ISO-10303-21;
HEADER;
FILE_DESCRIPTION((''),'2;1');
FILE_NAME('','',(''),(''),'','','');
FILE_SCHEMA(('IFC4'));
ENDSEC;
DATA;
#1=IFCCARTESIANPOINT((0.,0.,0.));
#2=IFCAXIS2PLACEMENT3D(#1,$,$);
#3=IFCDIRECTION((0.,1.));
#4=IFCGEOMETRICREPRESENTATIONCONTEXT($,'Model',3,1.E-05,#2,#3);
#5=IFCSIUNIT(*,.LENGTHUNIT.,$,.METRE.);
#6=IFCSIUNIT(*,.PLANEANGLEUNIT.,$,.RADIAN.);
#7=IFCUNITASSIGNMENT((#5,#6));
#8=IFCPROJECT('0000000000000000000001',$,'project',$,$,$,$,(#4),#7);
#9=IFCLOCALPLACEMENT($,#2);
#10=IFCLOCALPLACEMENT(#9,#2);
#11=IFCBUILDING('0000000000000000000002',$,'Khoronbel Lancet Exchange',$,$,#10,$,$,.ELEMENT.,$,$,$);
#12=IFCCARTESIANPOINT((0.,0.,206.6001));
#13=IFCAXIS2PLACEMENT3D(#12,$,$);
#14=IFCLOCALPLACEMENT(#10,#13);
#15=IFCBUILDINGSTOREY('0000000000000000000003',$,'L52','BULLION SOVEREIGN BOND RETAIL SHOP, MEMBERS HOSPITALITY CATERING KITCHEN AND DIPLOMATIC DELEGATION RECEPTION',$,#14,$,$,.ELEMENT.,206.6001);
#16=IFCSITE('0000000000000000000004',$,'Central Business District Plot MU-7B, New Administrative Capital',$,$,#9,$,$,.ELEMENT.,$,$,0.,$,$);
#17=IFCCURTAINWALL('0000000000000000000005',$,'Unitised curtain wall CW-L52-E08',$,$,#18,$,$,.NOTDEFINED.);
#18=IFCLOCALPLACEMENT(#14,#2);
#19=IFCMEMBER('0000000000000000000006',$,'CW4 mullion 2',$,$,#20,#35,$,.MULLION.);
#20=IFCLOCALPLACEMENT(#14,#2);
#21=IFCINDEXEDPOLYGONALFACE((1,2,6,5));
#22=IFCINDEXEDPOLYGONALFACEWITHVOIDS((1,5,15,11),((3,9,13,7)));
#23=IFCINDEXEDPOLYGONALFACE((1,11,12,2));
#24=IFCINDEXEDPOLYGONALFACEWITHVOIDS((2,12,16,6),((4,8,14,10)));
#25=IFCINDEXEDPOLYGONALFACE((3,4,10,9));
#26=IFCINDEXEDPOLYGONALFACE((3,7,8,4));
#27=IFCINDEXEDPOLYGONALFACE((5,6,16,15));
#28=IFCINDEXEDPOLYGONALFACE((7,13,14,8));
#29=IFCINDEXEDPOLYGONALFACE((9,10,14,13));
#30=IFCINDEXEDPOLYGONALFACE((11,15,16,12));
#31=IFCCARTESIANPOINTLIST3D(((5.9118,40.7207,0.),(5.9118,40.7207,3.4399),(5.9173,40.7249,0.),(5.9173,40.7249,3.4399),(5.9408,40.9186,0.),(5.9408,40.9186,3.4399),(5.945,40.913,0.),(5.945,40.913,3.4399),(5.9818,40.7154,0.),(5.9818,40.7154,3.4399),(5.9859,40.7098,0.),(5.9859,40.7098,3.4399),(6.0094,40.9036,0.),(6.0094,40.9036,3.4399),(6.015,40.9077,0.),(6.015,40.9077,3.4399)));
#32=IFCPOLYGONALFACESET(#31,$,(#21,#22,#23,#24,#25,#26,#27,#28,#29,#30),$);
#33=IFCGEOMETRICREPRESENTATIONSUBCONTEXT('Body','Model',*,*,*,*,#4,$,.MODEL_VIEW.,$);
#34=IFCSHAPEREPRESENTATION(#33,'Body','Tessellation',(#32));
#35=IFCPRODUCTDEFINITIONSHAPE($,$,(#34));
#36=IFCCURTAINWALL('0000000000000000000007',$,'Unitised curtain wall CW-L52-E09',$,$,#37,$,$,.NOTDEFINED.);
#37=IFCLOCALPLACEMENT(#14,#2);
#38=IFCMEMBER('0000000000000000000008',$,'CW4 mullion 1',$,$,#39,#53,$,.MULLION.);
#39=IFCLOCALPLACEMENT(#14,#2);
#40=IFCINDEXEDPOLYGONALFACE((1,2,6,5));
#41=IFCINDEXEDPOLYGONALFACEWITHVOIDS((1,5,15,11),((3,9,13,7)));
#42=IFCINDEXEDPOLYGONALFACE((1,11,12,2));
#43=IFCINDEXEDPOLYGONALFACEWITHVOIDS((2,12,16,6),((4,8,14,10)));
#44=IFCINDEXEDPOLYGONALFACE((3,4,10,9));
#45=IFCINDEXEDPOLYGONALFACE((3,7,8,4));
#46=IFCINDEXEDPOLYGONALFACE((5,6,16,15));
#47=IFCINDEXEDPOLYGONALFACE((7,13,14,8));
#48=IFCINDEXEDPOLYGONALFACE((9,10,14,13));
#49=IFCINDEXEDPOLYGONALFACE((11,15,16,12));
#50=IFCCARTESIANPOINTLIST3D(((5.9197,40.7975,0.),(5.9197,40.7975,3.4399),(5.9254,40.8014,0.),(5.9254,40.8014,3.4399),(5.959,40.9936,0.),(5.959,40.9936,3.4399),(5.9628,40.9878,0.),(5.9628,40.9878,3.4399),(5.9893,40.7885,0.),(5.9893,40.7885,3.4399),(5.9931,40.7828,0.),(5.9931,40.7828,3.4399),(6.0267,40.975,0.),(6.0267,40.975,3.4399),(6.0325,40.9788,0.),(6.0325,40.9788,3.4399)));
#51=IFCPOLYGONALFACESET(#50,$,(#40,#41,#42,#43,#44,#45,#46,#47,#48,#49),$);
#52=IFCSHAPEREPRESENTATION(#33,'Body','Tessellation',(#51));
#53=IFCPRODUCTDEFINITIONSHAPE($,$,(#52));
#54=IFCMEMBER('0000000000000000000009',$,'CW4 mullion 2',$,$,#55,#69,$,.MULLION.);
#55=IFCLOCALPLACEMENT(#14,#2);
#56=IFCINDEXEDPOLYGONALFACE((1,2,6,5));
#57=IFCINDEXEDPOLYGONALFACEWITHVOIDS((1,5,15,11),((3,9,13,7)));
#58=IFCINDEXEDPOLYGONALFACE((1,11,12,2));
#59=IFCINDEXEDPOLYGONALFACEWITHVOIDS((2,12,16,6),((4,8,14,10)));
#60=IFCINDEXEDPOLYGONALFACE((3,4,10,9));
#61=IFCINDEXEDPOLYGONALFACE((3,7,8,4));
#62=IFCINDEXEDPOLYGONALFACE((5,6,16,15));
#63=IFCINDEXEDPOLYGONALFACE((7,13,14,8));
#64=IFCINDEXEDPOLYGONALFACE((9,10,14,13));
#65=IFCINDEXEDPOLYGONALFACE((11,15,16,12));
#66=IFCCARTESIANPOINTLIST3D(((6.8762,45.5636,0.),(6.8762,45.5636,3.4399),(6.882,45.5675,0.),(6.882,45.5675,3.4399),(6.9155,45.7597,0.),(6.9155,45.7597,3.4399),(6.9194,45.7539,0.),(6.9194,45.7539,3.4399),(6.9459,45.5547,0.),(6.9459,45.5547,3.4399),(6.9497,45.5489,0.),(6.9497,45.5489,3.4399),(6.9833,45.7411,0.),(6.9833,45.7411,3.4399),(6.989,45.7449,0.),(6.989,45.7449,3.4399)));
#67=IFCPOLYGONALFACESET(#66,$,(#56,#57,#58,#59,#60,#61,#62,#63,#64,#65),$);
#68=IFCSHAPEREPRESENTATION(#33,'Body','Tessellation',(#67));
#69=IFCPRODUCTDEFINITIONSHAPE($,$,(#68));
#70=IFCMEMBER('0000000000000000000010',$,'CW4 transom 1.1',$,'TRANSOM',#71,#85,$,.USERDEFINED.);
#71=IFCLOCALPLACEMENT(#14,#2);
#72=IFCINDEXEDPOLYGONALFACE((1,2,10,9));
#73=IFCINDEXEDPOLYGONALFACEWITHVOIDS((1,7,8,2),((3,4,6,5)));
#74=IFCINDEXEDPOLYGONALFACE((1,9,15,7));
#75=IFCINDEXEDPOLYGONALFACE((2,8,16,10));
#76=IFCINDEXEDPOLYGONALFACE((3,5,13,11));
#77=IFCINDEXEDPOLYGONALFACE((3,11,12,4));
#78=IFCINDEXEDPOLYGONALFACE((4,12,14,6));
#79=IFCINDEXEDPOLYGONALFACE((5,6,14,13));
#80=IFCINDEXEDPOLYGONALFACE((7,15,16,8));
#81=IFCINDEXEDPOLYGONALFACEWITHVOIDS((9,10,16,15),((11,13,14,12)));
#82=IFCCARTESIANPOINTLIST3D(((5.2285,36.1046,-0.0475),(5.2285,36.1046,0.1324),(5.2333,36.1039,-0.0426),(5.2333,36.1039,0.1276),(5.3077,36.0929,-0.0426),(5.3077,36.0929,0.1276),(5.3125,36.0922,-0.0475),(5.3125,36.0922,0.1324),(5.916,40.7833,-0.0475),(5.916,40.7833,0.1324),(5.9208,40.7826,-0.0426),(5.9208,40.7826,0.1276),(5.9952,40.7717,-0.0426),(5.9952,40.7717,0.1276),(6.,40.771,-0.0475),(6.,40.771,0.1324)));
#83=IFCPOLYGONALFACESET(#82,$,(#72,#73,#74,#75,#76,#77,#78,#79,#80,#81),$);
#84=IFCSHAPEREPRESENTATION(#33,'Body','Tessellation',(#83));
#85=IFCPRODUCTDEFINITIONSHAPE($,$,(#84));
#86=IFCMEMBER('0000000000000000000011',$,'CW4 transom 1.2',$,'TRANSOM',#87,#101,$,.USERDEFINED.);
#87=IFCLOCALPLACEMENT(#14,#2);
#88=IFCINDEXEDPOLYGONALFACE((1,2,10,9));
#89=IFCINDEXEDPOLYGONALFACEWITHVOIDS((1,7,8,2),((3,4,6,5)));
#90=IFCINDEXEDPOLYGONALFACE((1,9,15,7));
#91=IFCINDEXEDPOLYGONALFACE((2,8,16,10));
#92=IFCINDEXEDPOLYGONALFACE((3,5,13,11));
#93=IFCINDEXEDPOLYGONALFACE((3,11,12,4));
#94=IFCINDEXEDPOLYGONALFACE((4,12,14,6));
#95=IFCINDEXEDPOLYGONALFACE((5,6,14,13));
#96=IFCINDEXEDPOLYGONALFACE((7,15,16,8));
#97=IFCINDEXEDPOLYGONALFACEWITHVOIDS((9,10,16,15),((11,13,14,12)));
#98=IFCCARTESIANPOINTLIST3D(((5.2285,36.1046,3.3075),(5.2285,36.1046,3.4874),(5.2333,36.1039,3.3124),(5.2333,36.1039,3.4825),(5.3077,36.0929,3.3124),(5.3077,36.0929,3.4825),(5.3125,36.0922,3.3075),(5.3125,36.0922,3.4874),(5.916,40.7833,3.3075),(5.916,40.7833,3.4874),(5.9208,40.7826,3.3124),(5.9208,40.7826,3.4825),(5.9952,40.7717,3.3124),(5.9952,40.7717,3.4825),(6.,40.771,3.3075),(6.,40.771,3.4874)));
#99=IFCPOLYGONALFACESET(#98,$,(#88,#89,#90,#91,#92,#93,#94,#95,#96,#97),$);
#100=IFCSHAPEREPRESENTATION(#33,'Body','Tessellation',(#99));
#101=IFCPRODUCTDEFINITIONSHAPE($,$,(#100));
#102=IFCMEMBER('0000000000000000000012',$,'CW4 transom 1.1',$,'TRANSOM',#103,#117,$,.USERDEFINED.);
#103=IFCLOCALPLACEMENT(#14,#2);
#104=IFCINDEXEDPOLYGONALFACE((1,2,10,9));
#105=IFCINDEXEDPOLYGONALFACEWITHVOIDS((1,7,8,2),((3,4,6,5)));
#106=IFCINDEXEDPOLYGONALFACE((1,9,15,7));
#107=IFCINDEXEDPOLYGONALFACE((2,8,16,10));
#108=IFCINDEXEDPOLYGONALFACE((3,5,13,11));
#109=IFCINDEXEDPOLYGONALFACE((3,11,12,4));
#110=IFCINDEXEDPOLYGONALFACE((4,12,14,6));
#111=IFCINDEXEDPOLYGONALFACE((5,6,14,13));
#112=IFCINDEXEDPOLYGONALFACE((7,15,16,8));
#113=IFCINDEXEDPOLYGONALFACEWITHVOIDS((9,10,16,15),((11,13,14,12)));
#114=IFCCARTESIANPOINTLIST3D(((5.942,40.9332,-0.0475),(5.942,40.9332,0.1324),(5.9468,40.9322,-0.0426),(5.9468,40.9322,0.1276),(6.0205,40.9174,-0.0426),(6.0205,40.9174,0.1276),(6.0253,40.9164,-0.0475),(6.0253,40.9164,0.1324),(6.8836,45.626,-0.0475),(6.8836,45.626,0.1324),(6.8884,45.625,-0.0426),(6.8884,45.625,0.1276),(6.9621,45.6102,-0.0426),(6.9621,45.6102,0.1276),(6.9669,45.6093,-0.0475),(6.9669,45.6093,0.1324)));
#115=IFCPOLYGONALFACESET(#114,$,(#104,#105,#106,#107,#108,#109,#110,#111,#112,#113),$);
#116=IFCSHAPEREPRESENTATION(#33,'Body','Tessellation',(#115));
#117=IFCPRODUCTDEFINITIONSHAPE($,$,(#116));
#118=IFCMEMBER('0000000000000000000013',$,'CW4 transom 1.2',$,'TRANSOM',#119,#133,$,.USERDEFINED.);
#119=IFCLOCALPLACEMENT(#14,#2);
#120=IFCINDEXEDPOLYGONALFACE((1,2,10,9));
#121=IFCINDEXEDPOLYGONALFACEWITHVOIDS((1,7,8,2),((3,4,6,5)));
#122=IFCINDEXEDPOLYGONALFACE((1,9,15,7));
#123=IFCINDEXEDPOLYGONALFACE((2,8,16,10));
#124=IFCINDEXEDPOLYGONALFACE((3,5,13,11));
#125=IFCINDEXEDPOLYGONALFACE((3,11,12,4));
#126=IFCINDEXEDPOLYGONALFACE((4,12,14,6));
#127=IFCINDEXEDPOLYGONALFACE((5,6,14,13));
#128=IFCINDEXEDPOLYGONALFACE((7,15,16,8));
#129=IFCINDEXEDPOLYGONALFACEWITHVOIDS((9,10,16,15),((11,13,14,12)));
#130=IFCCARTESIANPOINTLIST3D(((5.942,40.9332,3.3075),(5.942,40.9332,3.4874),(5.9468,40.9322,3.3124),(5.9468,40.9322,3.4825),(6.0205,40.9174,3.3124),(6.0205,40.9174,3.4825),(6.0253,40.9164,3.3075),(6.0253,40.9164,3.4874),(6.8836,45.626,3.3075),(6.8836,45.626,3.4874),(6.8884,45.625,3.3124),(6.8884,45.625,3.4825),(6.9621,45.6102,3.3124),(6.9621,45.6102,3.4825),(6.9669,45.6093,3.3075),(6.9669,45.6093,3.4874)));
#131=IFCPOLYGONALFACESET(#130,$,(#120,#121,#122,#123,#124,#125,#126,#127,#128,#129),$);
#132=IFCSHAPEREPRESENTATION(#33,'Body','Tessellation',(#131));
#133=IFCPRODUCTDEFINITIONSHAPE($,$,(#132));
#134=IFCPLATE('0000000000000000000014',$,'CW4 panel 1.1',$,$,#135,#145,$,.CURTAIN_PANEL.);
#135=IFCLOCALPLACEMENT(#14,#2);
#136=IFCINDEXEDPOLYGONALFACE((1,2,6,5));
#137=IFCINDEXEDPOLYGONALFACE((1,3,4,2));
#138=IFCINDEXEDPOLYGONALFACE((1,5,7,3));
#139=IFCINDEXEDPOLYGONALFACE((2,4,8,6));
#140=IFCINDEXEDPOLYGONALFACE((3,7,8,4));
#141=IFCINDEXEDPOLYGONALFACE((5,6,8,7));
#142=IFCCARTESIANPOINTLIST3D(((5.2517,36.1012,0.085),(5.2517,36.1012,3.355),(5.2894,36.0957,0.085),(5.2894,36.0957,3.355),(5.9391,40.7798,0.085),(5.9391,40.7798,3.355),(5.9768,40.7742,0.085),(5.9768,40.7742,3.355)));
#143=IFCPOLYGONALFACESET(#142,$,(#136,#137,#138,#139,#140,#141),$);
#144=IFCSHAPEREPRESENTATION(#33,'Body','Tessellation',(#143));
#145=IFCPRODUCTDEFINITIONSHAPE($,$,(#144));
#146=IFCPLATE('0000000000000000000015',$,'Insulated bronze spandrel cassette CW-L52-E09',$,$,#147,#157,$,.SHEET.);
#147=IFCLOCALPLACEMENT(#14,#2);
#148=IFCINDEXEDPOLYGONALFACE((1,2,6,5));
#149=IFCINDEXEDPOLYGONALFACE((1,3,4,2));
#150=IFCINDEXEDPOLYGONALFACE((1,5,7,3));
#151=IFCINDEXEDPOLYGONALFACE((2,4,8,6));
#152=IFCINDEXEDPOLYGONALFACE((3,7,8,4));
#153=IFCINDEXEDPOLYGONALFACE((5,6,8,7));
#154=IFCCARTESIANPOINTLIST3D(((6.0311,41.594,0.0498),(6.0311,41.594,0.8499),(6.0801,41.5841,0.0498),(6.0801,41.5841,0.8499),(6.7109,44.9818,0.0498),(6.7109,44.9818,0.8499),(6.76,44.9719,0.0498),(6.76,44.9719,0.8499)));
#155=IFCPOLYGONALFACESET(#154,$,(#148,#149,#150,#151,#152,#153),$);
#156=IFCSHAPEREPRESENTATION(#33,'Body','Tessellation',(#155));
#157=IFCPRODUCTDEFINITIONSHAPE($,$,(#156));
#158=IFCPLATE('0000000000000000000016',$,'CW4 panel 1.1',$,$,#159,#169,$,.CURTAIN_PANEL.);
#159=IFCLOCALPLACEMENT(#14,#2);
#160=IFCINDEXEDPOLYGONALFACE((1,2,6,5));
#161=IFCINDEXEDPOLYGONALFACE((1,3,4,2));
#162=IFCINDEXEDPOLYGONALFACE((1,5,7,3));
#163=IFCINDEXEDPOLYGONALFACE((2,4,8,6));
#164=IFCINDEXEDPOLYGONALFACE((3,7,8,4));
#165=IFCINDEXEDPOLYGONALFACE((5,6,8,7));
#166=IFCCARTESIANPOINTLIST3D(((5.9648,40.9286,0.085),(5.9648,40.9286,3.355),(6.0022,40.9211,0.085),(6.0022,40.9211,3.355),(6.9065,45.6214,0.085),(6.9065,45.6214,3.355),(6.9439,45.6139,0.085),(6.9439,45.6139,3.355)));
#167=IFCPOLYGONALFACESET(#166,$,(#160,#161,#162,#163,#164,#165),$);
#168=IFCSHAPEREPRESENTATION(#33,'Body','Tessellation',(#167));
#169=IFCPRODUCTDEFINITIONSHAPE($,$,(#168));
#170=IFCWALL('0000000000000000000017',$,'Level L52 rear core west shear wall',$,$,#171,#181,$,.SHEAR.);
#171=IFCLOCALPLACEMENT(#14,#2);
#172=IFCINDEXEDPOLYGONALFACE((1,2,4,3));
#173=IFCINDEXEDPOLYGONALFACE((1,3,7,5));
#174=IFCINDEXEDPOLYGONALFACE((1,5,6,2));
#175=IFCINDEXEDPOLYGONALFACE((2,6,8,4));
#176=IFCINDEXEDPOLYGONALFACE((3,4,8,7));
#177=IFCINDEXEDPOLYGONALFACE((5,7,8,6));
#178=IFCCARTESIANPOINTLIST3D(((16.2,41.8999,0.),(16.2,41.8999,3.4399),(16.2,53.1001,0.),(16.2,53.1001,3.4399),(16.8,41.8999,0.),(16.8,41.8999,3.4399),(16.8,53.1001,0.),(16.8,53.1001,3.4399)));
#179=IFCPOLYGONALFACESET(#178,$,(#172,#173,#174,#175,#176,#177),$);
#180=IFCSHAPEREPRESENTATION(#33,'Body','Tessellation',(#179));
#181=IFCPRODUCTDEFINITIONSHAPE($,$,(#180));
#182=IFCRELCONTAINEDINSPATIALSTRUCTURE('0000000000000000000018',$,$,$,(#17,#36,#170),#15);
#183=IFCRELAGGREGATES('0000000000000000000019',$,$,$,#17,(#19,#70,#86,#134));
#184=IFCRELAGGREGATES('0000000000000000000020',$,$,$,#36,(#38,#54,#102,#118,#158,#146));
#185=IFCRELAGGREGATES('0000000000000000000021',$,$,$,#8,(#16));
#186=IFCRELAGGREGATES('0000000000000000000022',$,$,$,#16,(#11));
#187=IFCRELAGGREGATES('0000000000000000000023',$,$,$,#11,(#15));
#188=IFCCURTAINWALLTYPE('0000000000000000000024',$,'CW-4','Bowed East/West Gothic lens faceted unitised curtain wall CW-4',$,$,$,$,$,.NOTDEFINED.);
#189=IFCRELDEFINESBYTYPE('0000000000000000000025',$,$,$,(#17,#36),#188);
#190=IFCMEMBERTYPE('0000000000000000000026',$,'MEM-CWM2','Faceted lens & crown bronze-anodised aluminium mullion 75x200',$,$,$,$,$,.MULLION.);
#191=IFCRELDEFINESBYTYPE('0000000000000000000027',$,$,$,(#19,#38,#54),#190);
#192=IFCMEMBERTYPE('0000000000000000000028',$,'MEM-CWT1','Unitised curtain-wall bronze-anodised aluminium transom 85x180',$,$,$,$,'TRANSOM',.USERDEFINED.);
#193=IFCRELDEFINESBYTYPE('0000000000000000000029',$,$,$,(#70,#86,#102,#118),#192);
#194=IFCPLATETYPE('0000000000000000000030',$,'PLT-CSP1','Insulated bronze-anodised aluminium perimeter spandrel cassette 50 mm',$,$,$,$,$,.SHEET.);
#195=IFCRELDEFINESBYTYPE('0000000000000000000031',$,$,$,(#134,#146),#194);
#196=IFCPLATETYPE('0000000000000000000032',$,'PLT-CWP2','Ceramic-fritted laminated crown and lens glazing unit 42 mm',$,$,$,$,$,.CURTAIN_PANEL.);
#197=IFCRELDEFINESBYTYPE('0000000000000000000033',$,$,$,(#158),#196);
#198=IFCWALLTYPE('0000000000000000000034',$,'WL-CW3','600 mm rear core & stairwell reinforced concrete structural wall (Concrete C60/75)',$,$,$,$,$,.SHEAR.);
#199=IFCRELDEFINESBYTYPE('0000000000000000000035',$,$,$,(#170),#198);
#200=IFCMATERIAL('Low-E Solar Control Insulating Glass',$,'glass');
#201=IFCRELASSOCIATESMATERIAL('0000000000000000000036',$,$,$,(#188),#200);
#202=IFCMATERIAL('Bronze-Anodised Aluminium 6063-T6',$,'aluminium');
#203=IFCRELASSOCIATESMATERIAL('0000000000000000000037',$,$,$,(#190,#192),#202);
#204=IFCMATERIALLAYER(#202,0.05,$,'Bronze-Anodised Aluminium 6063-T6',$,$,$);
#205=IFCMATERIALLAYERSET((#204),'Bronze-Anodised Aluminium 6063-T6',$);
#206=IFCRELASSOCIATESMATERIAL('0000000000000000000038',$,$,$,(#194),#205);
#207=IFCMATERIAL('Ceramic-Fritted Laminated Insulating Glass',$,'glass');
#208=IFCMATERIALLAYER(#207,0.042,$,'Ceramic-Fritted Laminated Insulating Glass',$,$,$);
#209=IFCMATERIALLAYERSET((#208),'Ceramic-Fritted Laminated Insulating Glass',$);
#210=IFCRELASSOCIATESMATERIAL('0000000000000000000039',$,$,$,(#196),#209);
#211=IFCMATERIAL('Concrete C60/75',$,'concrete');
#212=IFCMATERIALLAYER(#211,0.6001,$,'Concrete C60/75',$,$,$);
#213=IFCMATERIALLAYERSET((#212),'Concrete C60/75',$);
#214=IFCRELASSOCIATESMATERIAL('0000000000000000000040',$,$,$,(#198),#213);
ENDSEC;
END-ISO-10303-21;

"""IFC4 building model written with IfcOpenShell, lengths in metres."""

from ifc_helpers import new_model, si_unit, direction, frame, frame_2d, origin, origin_2d, place, context, subcontext, project, spatial, rectangle, hollow_rectangle, extrude, material, layer, layer_set, material_profile, profile_set, type_object, element, aggregate, save


model = new_model("IFC4")

# Units and contexts
model_context = context("Model", 3, precision=1e-05, world=origin(), true_north=direction((0.0, 1.0)))
body_context = subcontext(model_context, "Body", "Model", "MODEL_VIEW")
ifc_project = project(units=[si_unit("LENGTHUNIT", "METRE"), si_unit("PLANEANGLEUNIT", "RADIAN")], contexts=[model_context])

# Site, building, storey
site_placement = place(None, origin())
site = spatial("IfcSite", under=ifc_project, at=site_placement, Name="Central Business District Plot MU-7B, New Administrative Capital", CompositionType="ELEMENT", RefElevation=0.0)
building_placement = place(site_placement, origin())
building = spatial("IfcBuilding", under=site, at=building_placement, Name="Khoronbel Lancet Exchange", CompositionType="ELEMENT")
storey_placement = place(building_placement, frame((0.0, 0.0, 206.6001)))
storey = spatial("IfcBuildingStorey", under=building, at=storey_placement, Name="L52", Description="BULLION SOVEREIGN BOND RETAIL SHOP, MEMBERS HOSPITALITY CATERING KITCHEN AND DIPLOMATIC DELEGATION RECEPTION", CompositionType="ELEMENT", Elevation=206.6001)

# Shared definitions
ifc_material_1 = material(Name="Low-E Solar Control Insulating Glass", Category="glass")
curtain_wall_type = type_object("IfcCurtainWallType", Name="CW-4", Description="Bowed East/West Gothic lens faceted unitised curtain wall CW-4", PredefinedType="NOTDEFINED", material=ifc_material_1)
ifc_material_2 = material(Name="Bronze-Anodised Aluminium 6063-T6", Category="aluminium")
ifc_material_profile_1 = material_profile(ifc_material_2, hollow_rectangle(XDim=0.075, YDim=0.2, WallThickness=0.0049, at=origin_2d()), Name="ALU MULLION 75x200")
ifc_profile_set_1 = profile_set([ifc_material_profile_1], Name="Bronze-Anodised Aluminium 6063-T6")
member_type_1 = type_object("IfcMemberType", Name="MEM-CWM2", Description="Faceted lens & crown bronze-anodised aluminium mullion 75x200", PredefinedType="MULLION", material=ifc_profile_set_1)

# Curtain walls, members
curtain_wall_1_placement = place(storey_placement, origin())
curtain_wall_1 = element("IfcCurtainWall", 1, at=curtain_wall_1_placement, inside=storey, type_object=curtain_wall_type, Name="Unitised curtain wall CW-L52-E08", PredefinedType="NOTDEFINED")
member_1_placement = place(storey_placement, frame((5.9634, 40.8142, 0.0), z_axis=(0.0, 0.0, 1.0), x_axis=(-0.989378, 0.145363, 0.0)))
member_1 = element("IfcMember", 2, at=member_1_placement, type_object=member_type_1, Name="CW4 mullion 2", PredefinedType="MULLION", context=body_context, shape_type="SweptSolid", body=[
    extrude(hollow_rectangle(XDim=0.075, YDim=0.2, WallThickness=0.0049, at=origin_2d()), origin(), (0.0, 0.0, 1.0), 3.4399),
])
curtain_wall_2_placement = place(storey_placement, origin())
curtain_wall_2 = element("IfcCurtainWall", 3, at=curtain_wall_2_placement, inside=storey, type_object=curtain_wall_type, Name="Unitised curtain wall CW-L52-E09", PredefinedType="NOTDEFINED")
member_2_placement = place(storey_placement, frame((5.9761, 40.8882, 0.0), z_axis=(0.0, 0.0, 1.0), x_axis=(-0.980454, 0.196747, 0.0)))
member_2 = element("IfcMember", 4, at=member_2_placement, type_object=member_type_1, Name="CW4 mullion 1", PredefinedType="MULLION", context=body_context, shape_type="SweptSolid", body=[
    extrude(hollow_rectangle(XDim=0.075, YDim=0.2, WallThickness=0.0049, at=origin_2d()), origin(), (0.0, 0.0, 1.0), 3.4399),
])
member_3_placement = place(storey_placement, frame((6.9326, 45.6543, 0.0), z_axis=(0.0, 0.0, 1.0), x_axis=(-0.980454, 0.196747, 0.0)))
member_3 = element("IfcMember", 5, at=member_3_placement, type_object=member_type_1, Name="CW4 mullion 2", PredefinedType="MULLION", context=body_context, shape_type="SweptSolid", body=[
    extrude(hollow_rectangle(XDim=0.075, YDim=0.2, WallThickness=0.0049, at=origin_2d()), origin(), (0.0, 0.0, 1.0), 3.4399),
])

# Members
ifc_material_profile_2 = material_profile(ifc_material_2, hollow_rectangle(XDim=0.085, YDim=0.1799, WallThickness=0.0049, at=origin_2d()), Name="ALU TRANSOM 85x180")
ifc_profile_set_2 = profile_set([ifc_material_profile_2], Name="Bronze-Anodised Aluminium 6063-T6")
member_type_2 = type_object("IfcMemberType", Name="MEM-CWT1", Description="Unitised curtain-wall bronze-anodised aluminium transom 85x180", ElementType="TRANSOM", PredefinedType="USERDEFINED", material=ifc_profile_set_2)
member_4_placement = place(storey_placement, frame((5.2705, 36.0984, 0.0425), z_axis=(0.145381, 0.989376, 0.0), x_axis=(-0.989376, 0.145381, 0.0)))
member_4 = element("IfcMember", 6, at=member_4_placement, type_object=member_type_2, Name="CW4 transom 1.1", ObjectType="TRANSOM", PredefinedType="USERDEFINED", context=body_context, shape_type="SweptSolid", body=[
    extrude(hollow_rectangle(XDim=0.085, YDim=0.1799, WallThickness=0.0049, at=origin_2d()), origin(), (0.0, 0.0, 1.0), 4.729),
])
member_5_placement = place(storey_placement, frame((5.2705, 36.0984, 3.3975), z_axis=(0.145381, 0.989376, 0.0), x_axis=(-0.989376, 0.145381, 0.0)))
member_5 = element("IfcMember", 7, at=member_5_placement, type_object=member_type_2, Name="CW4 transom 1.2", ObjectType="TRANSOM", PredefinedType="USERDEFINED", context=body_context, shape_type="SweptSolid", body=[
    extrude(hollow_rectangle(XDim=0.085, YDim=0.1799, WallThickness=0.0049, at=origin_2d()), origin(), (0.0, 0.0, 1.0), 4.729),
])
member_6_placement = place(storey_placement, frame((5.9836, 40.9248, 0.0425), z_axis=(0.196734, 0.980457, 0.0), x_axis=(-0.980457, 0.196734, 0.0)))
member_6 = element("IfcMember", 8, at=member_6_placement, type_object=member_type_2, Name="CW4 transom 1.1", ObjectType="TRANSOM", PredefinedType="USERDEFINED", context=body_context, shape_type="SweptSolid", body=[
    extrude(hollow_rectangle(XDim=0.085, YDim=0.1799, WallThickness=0.0049, at=origin_2d()), origin(), (0.0, 0.0, 1.0), 4.7864),
])
member_7_placement = place(storey_placement, frame((5.9836, 40.9248, 3.3975), z_axis=(0.196734, 0.980457, 0.0), x_axis=(-0.980457, 0.196734, 0.0)))
member_7 = element("IfcMember", 9, at=member_7_placement, type_object=member_type_2, Name="CW4 transom 1.2", ObjectType="TRANSOM", PredefinedType="USERDEFINED", context=body_context, shape_type="SweptSolid", body=[
    extrude(hollow_rectangle(XDim=0.085, YDim=0.1799, WallThickness=0.0049, at=origin_2d()), origin(), (0.0, 0.0, 1.0), 4.7864),
])

# Plates
ifc_layer_1 = layer(ifc_material_2, 0.05, Name="Bronze-Anodised Aluminium 6063-T6")
ifc_layer_set_1 = layer_set([ifc_layer_1], Name="Bronze-Anodised Aluminium 6063-T6")
plate_type_1 = type_object("IfcPlateType", Name="PLT-CSP1", Description="Insulated bronze-anodised aluminium perimeter spandrel cassette 50 mm", PredefinedType="SHEET", material=ifc_layer_set_1)
plate_1_placement = place(storey_placement, frame((5.6143, 38.4377, 0.085), z_axis=(0.0, 0.0, 1.0), x_axis=(0.145363, 0.989378, 0.0)))
plate_1 = element("IfcPlate", 10, at=plate_1_placement, type_object=plate_type_1, Name="CW4 panel 1.1", PredefinedType="CURTAIN_PANEL", context=body_context, shape_type="SweptSolid", body=[
    extrude(rectangle(XDim=4.7288, YDim=0.0381, at=origin_2d()), origin(), (0.0, 0.0, 1.0), 3.27),
])
aggregate(curtain_wall_1, [member_1, member_4, member_5, plate_1])
plate_2_placement = place(storey_placement, frame((6.3955, 43.283, 0.0498), z_axis=(0.0, 0.0, 1.0), x_axis=(0.196747, 0.980454, 0.0)))
plate_2 = element("IfcPlate", 11, at=plate_2_placement, type_object=plate_type_1, Name="Insulated bronze spandrel cassette CW-L52-E09", PredefinedType="SHEET", context=body_context, shape_type="SweptSolid", body=[
    extrude(rectangle(XDim=3.4553, YDim=0.05, at=origin_2d()), origin(), (0.0, 0.0, 1.0), 0.8),
])
ifc_material_3 = material(Name="Ceramic-Fritted Laminated Insulating Glass", Category="glass")
ifc_layer_2 = layer(ifc_material_3, 0.042, Name="Ceramic-Fritted Laminated Insulating Glass")
ifc_layer_set_2 = layer_set([ifc_layer_2], Name="Ceramic-Fritted Laminated Insulating Glass")
plate_type_2 = type_object("IfcPlateType", Name="PLT-CWP2", Description="Ceramic-fritted laminated crown and lens glazing unit 42 mm", PredefinedType="CURTAIN_PANEL", material=ifc_layer_set_2)
plate_3_placement = place(storey_placement, frame((6.4543, 43.2712, 0.085), z_axis=(0.0, 0.0, 1.0), x_axis=(0.196747, 0.980454, 0.0)))
plate_3 = element("IfcPlate", 12, at=plate_3_placement, type_object=plate_type_2, Name="CW4 panel 1.1", PredefinedType="CURTAIN_PANEL", context=body_context, shape_type="SweptSolid", body=[
    extrude(rectangle(XDim=4.7864, YDim=0.0381, at=origin_2d()), origin(), (0.0, 0.0, 1.0), 3.27),
])
aggregate(curtain_wall_2, [member_2, member_3, member_6, member_7, plate_3, plate_2])

# Wall
ifc_material_4 = material(Name="Concrete C60/75", Category="concrete")
ifc_layer_3 = layer(ifc_material_4, 0.6001, Name="Concrete C60/75")
ifc_layer_set_3 = layer_set([ifc_layer_3], Name="Concrete C60/75")
wall_type_1 = type_object("IfcWallType", Name="WL-CW3", Description="600 mm rear core & stairwell reinforced concrete structural wall (Concrete C60/75)", PredefinedType="SHEAR", material=ifc_layer_set_3)
wall_1_placement = place(storey_placement, frame((16.5, 41.8999, 0.0), z_axis=(0.0, 0.0, 1.0), x_axis=(0.0, 1.0, 0.0)))
element("IfcWall", 13, at=wall_1_placement, inside=storey, type_object=wall_type_1, Name="Level L52 rear core west shear wall", PredefinedType="SHEAR", context=body_context, shape_type="SweptSolid", body=[
    extrude(rectangle(XDim=11.2002, YDim=0.6001, at=frame_2d((5.6001, 0.0))), origin(), (0.0, 0.0, 1.0), 3.4399),
])

save(model, "model.ifc")
